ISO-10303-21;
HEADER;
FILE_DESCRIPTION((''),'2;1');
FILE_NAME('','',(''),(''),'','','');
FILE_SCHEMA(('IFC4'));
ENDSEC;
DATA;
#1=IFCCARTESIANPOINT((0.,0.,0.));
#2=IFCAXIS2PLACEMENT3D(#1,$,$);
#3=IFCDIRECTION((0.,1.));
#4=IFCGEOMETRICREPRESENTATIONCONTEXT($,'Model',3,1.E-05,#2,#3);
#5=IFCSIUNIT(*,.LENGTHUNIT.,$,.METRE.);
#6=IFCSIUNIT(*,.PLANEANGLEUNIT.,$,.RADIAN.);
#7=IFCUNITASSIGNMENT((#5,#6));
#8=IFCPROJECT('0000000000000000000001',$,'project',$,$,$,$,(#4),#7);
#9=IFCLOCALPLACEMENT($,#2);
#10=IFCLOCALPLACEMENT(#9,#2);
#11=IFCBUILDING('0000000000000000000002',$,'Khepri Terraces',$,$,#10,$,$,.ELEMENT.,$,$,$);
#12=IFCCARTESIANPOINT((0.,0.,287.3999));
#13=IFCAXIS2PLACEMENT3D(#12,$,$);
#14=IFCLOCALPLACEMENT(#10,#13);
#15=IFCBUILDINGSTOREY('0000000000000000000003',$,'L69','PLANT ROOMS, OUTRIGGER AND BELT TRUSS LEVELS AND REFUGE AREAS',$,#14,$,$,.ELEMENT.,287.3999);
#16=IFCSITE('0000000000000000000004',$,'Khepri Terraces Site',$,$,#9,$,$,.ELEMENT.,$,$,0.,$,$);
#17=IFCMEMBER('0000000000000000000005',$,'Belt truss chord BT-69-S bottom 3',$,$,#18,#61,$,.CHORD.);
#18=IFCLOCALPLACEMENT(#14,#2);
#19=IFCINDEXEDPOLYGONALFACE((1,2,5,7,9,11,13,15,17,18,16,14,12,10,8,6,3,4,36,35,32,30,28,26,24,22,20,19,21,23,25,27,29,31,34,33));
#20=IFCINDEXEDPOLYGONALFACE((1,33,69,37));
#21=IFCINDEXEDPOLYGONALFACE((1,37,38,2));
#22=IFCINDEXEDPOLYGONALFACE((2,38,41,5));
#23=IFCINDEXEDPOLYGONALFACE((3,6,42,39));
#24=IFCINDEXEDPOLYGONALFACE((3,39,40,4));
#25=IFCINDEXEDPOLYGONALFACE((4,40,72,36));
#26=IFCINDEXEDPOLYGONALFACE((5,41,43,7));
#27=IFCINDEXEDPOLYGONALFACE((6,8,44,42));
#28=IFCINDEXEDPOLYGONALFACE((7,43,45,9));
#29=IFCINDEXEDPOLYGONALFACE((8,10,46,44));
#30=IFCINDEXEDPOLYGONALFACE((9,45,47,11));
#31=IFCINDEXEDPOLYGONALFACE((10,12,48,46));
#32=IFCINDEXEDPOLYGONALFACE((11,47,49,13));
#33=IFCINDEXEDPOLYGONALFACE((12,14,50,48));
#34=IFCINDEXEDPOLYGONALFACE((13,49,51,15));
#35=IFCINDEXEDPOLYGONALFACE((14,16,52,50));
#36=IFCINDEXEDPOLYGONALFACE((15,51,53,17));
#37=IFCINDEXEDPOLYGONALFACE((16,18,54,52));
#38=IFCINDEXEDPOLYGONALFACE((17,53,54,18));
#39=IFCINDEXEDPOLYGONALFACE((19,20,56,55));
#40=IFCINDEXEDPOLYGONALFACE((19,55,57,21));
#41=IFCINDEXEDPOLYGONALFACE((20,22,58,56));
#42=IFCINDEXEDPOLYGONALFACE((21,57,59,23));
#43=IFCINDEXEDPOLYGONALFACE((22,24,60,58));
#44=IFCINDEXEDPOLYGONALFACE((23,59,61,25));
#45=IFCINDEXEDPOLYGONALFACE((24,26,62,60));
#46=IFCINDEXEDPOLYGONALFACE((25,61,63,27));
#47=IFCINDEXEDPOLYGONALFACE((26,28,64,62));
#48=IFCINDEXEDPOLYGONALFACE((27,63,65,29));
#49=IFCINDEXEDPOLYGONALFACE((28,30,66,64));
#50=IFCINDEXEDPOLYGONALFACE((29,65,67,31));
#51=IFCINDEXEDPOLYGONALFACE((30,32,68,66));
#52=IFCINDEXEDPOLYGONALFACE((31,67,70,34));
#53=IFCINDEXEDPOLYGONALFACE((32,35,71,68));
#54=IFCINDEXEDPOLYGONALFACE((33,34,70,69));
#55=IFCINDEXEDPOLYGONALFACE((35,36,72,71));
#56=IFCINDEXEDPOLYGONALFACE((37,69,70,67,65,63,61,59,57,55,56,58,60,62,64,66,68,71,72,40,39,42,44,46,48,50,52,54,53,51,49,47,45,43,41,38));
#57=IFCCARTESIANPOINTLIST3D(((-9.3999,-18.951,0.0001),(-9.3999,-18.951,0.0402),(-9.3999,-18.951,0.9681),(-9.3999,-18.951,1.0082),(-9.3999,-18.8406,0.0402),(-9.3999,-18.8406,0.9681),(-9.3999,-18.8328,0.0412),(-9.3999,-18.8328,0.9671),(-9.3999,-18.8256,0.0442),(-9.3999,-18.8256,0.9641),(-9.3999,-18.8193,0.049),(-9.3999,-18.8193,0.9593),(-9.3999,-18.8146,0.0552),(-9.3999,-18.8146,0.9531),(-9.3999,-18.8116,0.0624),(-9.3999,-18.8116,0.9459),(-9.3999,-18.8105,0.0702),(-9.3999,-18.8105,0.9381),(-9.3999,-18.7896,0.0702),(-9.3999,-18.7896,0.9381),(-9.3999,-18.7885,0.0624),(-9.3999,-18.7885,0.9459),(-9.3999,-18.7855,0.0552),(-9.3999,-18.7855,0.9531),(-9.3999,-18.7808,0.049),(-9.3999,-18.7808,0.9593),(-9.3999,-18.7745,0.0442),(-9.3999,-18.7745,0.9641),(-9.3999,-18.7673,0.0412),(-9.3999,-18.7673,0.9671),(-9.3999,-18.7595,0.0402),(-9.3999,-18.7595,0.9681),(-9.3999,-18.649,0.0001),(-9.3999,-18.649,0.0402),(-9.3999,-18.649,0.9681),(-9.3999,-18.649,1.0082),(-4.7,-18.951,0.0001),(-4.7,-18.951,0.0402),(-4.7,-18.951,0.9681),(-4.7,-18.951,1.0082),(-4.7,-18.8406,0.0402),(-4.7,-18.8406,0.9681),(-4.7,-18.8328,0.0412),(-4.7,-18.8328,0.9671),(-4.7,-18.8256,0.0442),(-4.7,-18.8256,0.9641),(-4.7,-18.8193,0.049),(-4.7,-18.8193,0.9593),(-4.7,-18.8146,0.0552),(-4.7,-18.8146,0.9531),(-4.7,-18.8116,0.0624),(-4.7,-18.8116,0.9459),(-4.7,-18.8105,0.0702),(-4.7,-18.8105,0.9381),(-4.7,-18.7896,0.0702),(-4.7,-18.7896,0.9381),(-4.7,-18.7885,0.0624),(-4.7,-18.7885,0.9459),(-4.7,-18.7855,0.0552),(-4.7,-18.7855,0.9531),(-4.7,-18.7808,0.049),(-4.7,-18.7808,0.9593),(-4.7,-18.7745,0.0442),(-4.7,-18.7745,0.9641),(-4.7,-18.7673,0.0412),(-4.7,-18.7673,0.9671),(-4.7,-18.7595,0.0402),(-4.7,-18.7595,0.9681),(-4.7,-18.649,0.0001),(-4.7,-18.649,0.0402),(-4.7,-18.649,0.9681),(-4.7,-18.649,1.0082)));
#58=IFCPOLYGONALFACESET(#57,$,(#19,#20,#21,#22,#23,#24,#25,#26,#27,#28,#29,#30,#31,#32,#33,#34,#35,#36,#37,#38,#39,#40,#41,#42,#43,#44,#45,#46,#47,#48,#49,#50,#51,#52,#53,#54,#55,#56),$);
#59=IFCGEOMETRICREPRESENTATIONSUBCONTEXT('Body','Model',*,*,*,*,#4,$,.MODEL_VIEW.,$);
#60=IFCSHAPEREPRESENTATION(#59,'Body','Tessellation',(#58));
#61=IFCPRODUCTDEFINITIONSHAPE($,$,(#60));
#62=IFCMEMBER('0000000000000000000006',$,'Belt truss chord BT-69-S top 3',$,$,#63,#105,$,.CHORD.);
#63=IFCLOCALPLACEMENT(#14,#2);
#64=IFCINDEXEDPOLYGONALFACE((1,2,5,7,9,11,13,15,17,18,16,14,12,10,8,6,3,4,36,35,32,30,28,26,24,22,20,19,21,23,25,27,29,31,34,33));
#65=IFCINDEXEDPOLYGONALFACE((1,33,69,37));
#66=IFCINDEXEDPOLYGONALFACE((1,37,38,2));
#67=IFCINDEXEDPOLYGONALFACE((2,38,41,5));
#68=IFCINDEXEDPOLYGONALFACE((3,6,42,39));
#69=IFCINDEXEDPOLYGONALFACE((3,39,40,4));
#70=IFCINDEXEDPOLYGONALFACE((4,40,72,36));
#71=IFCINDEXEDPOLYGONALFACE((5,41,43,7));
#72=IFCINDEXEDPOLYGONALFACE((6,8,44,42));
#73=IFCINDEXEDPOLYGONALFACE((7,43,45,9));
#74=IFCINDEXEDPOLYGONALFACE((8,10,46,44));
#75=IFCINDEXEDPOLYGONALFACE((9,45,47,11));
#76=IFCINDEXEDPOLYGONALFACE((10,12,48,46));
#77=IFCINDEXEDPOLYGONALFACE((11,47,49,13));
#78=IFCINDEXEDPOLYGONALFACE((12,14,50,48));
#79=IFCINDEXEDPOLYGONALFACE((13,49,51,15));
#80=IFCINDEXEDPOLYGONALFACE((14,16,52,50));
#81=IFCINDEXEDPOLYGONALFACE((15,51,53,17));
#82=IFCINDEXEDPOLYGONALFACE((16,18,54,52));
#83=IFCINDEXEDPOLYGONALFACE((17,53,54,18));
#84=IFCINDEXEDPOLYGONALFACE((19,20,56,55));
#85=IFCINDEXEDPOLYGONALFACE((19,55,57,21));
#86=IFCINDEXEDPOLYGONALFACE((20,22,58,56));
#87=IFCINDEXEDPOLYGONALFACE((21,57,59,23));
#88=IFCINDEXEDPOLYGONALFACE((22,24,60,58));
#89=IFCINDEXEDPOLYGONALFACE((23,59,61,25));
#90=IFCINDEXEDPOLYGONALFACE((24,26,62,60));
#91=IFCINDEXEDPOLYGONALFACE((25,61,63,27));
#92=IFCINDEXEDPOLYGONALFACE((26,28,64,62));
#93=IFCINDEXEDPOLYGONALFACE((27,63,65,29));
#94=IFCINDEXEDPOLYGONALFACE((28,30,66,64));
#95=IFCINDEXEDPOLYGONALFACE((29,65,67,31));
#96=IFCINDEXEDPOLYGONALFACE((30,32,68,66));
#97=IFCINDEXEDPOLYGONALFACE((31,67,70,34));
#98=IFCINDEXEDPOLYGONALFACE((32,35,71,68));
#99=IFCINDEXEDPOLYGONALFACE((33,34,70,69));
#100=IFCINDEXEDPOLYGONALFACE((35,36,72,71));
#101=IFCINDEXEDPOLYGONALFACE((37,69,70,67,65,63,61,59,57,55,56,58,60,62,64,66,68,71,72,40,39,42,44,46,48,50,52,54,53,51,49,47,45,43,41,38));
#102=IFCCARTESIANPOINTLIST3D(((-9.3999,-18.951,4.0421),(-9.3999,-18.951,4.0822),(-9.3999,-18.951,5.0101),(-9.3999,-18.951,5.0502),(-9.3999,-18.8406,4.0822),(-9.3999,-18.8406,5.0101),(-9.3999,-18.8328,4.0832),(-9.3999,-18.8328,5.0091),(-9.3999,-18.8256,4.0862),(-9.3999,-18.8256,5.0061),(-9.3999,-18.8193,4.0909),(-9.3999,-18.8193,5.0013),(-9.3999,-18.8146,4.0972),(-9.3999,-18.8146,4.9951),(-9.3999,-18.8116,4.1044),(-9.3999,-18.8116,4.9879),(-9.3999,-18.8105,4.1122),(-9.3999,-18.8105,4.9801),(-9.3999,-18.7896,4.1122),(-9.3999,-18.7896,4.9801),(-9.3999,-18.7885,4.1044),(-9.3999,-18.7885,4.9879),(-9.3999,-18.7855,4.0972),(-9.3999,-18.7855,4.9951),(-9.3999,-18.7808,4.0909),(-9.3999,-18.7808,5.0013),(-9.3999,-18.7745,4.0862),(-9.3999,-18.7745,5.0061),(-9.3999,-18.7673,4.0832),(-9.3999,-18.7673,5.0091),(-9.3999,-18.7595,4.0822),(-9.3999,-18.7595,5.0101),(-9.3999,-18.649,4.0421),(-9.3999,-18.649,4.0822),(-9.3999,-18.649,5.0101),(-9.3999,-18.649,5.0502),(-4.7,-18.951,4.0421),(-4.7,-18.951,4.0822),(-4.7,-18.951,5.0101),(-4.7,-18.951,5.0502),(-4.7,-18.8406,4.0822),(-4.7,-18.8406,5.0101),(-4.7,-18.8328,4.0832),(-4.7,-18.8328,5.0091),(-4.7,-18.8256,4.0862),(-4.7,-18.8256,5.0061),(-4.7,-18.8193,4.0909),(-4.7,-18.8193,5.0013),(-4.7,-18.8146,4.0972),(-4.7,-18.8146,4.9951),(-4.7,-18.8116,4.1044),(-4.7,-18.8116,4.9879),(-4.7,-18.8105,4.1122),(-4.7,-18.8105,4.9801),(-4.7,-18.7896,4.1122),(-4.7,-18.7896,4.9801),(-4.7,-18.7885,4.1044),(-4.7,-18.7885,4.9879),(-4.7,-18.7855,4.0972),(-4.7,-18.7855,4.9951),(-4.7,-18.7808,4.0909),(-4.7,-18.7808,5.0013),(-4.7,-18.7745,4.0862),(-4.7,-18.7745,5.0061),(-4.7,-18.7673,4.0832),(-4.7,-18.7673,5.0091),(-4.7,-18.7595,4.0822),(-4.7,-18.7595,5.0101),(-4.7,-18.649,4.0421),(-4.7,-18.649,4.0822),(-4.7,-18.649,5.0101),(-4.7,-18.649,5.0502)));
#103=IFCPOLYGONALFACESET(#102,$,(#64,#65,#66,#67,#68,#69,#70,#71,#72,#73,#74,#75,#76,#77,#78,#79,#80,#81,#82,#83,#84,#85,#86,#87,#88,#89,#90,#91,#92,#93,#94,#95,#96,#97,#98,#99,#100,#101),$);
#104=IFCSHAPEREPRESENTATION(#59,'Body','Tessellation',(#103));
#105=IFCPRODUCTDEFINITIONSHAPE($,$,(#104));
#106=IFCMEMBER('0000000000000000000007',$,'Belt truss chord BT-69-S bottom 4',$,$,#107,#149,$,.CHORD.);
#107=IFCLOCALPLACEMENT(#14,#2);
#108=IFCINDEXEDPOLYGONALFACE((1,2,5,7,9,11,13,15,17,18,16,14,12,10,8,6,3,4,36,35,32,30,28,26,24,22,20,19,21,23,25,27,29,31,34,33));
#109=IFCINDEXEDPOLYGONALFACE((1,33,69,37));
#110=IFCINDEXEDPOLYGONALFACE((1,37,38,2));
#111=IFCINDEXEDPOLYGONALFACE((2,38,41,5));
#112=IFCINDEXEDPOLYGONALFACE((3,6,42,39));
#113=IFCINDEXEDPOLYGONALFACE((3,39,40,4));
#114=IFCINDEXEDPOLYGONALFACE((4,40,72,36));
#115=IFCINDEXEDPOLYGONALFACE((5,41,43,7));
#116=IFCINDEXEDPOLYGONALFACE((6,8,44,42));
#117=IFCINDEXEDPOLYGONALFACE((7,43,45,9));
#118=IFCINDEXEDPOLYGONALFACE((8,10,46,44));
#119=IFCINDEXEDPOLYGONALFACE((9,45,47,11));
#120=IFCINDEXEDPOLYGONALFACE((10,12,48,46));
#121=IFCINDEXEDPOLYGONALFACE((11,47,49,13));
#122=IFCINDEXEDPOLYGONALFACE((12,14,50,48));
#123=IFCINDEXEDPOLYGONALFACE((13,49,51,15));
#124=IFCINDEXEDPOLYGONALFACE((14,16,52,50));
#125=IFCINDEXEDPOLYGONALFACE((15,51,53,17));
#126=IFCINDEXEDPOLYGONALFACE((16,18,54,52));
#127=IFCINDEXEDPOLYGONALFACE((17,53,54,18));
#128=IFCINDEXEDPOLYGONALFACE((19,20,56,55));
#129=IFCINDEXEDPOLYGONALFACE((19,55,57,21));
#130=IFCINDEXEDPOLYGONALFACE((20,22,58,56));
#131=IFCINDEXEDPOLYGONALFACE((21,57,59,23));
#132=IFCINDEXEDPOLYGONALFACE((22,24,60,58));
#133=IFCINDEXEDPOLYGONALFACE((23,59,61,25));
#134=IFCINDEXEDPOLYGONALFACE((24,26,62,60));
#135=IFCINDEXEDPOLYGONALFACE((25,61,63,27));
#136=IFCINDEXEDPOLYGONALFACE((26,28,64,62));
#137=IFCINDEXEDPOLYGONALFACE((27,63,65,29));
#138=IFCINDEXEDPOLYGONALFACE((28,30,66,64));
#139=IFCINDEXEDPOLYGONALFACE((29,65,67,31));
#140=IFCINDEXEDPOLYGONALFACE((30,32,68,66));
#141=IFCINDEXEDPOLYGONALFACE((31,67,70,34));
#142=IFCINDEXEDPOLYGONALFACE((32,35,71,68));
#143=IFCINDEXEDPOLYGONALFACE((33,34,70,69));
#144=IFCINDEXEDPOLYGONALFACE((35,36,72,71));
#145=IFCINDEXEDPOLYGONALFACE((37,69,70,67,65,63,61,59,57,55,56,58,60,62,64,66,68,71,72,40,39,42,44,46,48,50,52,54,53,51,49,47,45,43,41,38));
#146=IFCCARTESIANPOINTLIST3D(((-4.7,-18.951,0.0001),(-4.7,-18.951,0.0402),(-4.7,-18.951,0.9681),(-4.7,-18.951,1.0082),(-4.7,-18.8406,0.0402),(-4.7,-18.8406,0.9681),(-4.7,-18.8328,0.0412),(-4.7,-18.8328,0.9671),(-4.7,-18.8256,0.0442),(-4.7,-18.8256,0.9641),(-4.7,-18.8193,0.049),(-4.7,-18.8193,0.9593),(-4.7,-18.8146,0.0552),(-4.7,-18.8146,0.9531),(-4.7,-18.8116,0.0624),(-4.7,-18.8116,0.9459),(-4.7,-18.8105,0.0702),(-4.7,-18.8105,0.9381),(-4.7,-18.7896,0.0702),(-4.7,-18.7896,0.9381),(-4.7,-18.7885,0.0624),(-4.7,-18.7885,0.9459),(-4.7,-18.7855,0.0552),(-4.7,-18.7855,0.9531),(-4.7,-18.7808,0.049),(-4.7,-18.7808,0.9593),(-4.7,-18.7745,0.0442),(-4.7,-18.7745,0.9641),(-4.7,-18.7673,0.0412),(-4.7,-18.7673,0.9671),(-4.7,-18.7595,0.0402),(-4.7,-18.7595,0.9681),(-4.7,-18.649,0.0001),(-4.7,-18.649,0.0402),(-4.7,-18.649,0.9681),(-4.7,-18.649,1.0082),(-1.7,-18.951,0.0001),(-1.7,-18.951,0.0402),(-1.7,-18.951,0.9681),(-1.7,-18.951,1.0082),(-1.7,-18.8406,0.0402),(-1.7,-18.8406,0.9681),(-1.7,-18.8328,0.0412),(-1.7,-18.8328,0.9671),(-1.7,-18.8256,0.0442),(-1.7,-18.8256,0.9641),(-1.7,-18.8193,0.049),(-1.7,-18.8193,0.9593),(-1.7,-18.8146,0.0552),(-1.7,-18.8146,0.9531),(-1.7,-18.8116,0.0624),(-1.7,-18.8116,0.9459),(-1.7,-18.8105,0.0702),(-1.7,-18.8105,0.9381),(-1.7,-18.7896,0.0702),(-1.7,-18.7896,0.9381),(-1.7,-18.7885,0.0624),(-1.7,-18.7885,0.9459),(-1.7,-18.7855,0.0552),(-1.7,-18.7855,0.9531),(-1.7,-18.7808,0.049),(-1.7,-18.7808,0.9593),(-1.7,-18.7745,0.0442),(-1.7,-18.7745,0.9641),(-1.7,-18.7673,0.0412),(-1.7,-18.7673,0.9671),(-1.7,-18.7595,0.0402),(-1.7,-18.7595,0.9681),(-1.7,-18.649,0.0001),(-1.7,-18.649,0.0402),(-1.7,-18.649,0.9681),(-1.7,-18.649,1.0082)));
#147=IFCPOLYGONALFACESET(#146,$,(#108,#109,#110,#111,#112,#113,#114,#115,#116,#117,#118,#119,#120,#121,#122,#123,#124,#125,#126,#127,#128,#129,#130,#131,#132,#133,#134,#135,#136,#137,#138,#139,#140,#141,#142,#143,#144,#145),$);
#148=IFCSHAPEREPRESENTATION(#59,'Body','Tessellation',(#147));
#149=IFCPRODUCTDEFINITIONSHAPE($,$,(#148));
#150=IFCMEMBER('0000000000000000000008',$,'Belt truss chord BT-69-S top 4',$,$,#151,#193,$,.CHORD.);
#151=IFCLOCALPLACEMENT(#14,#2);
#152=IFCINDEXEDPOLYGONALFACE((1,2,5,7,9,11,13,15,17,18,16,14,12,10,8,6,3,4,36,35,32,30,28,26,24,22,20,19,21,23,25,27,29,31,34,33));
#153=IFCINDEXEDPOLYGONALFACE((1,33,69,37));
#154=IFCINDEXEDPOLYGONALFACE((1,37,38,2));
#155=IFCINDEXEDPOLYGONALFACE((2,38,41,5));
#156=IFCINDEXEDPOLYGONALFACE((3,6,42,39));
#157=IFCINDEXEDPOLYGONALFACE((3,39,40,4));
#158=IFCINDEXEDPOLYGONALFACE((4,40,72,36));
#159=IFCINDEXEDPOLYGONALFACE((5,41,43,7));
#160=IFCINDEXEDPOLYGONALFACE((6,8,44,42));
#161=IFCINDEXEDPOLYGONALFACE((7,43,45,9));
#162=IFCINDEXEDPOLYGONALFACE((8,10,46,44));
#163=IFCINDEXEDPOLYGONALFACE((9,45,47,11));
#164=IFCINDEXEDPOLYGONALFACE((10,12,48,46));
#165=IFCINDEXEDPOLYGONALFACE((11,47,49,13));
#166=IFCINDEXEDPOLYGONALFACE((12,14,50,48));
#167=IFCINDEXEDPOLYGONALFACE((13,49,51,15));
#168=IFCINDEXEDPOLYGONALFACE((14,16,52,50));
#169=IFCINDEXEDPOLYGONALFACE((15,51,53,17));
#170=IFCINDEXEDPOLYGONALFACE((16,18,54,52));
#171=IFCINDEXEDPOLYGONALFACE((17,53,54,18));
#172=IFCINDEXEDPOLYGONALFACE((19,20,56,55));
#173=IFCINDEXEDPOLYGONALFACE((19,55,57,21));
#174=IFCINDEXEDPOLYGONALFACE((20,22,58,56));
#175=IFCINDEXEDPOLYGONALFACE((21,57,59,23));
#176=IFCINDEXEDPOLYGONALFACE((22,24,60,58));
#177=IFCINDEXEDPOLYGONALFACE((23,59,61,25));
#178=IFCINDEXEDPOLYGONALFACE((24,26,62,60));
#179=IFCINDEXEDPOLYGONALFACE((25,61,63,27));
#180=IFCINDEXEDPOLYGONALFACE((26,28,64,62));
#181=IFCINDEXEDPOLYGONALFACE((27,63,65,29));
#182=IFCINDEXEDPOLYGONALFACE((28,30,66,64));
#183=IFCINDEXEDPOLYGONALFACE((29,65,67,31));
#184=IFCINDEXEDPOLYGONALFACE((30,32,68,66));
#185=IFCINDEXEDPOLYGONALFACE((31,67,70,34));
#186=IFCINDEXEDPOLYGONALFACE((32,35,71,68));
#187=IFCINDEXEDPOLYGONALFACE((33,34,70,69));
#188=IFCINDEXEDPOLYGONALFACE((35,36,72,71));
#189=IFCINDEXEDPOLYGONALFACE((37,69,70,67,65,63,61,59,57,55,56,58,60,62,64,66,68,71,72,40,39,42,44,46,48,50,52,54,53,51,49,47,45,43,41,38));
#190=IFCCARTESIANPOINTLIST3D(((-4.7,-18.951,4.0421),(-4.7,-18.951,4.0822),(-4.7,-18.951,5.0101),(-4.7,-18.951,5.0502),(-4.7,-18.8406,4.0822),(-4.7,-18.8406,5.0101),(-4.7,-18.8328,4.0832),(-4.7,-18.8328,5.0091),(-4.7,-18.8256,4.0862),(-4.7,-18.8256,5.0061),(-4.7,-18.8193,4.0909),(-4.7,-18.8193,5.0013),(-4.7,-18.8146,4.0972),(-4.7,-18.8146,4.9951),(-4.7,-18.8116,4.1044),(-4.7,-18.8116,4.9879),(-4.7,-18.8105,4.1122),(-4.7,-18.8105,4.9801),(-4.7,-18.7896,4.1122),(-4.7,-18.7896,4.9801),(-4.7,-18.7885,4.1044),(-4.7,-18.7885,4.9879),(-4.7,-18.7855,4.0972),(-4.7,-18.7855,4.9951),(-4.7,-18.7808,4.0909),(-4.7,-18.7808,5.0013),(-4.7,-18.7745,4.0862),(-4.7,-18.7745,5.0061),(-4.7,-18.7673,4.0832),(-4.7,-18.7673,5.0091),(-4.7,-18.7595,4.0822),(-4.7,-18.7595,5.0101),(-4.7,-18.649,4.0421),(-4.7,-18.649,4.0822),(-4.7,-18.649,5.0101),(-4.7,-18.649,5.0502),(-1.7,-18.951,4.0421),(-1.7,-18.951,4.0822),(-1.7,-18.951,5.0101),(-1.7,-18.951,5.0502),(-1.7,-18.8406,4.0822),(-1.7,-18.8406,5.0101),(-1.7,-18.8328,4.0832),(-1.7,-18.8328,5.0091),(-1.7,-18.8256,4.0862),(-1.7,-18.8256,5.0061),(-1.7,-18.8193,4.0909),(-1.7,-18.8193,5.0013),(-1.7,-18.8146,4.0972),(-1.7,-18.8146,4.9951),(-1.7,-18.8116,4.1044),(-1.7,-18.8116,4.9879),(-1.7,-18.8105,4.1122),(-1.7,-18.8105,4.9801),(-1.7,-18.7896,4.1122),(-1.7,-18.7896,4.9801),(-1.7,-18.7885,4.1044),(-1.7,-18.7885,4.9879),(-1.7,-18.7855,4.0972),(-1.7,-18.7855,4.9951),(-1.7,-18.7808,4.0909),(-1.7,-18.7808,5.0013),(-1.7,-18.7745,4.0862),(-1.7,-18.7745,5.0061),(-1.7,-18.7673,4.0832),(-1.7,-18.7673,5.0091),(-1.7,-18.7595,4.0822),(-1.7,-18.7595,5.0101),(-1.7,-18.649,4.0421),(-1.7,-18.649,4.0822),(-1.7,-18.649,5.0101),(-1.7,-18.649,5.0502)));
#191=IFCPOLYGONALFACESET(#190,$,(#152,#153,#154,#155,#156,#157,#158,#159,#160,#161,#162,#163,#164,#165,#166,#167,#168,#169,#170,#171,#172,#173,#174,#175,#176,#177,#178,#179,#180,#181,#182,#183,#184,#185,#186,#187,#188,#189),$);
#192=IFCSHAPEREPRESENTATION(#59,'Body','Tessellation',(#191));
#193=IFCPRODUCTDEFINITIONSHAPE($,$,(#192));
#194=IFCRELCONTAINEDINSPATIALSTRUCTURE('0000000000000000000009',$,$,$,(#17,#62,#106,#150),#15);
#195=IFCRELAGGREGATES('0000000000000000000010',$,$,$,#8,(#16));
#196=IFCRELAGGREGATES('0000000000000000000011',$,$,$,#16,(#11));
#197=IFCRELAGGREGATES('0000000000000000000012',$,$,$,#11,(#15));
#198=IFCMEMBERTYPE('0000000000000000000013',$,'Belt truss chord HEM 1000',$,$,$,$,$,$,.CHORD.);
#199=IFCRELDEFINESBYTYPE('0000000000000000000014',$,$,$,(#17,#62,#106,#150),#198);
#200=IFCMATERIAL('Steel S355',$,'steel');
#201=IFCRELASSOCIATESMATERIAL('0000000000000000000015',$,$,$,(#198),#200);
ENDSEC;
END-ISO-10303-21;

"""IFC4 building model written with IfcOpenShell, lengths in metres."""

from ifc_helpers import new_model, si_unit, direction, frame, origin, origin_2d, place, context, subcontext, project, spatial, i_section, extrude, material, material_profile, profile_set, type_object, element, save


model = new_model("IFC4")

# Units and contexts
model_context = context("Model", 3, precision=1e-05, world=origin(), true_north=direction((0.0, 1.0)))
body_context = subcontext(model_context, "Body", "Model", "MODEL_VIEW")
ifc_project = project(units=[si_unit("LENGTHUNIT", "METRE"), si_unit("PLANEANGLEUNIT", "RADIAN")], contexts=[model_context])

# Site, building, storey
site_placement = place(None, origin())
site = spatial("IfcSite", under=ifc_project, at=site_placement, Name="Khepri Terraces Site", CompositionType="ELEMENT", RefElevation=0.0)
building_placement = place(site_placement, origin())
building = spatial("IfcBuilding", under=site, at=building_placement, Name="Khepri Terraces", CompositionType="ELEMENT")
storey_placement = place(building_placement, frame((0.0, 0.0, 287.3999)))
storey = spatial("IfcBuildingStorey", under=building, at=storey_placement, Name="L69", Description="PLANT ROOMS, OUTRIGGER AND BELT TRUSS LEVELS AND REFUGE AREAS", CompositionType="ELEMENT", Elevation=287.3999)

# Members
ifc_material_1 = material(Name="Steel S355", Category="steel")
ifc_material_profile_1 = material_profile(ifc_material_1, i_section(OverallWidth=0.302, OverallDepth=1.0081, WebThickness=0.021, FlangeThickness=0.04, FilletRadius=0.03, at=origin_2d()), Name="Steel S355", Category="steel")
ifc_profile_set_1 = profile_set([ifc_material_profile_1], Name="Steel S355")
member_type_1 = type_object("IfcMemberType", Name="Belt truss chord HEM 1000", PredefinedType="CHORD", material=ifc_profile_set_1)
for number, where, z_axis, x_axis, name in (
    (1, (-9.3999, -18.8, 0.5042), (1.0, 0.0, 0.0), (0.0, 1.0, 0.0), "Belt truss chord BT-69-S bottom 3"),
    (2, (-9.3999, -18.8, 4.5461), (1.0, 0.0, 0.0), (0.0, 1.0, 0.0), "Belt truss chord BT-69-S top 3"),
):
    element("IfcMember", number, at=place(storey_placement, frame(where, z_axis=z_axis, x_axis=x_axis)), inside=storey, type_object=member_type_1, Name=name, PredefinedType="CHORD", context=body_context, shape_type="SweptSolid", body=[
        extrude(i_section(OverallWidth=0.302, OverallDepth=1.0081, WebThickness=0.021, FlangeThickness=0.04, FilletRadius=0.03, at=origin_2d()), origin(), (0.0, 0.0, 1.0), 4.7),
    ])
for number, where, z_axis, x_axis, name in (
    (3, (-4.7, -18.8, 0.5042), (1.0, 0.0, 0.0), (0.0, 1.0, 0.0), "Belt truss chord BT-69-S bottom 4"),
    (4, (-4.7, -18.8, 4.5461), (1.0, 0.0, 0.0), (0.0, 1.0, 0.0), "Belt truss chord BT-69-S top 4"),
):
    element("IfcMember", number, at=place(storey_placement, frame(where, z_axis=z_axis, x_axis=x_axis)), inside=storey, type_object=member_type_1, Name=name, PredefinedType="CHORD", context=body_context, shape_type="SweptSolid", body=[
        extrude(i_section(OverallWidth=0.302, OverallDepth=1.0081, WebThickness=0.021, FlangeThickness=0.04, FilletRadius=0.03, at=origin_2d()), origin(), (0.0, 0.0, 1.0), 3.0),
    ])

save(model, "model.ifc")
